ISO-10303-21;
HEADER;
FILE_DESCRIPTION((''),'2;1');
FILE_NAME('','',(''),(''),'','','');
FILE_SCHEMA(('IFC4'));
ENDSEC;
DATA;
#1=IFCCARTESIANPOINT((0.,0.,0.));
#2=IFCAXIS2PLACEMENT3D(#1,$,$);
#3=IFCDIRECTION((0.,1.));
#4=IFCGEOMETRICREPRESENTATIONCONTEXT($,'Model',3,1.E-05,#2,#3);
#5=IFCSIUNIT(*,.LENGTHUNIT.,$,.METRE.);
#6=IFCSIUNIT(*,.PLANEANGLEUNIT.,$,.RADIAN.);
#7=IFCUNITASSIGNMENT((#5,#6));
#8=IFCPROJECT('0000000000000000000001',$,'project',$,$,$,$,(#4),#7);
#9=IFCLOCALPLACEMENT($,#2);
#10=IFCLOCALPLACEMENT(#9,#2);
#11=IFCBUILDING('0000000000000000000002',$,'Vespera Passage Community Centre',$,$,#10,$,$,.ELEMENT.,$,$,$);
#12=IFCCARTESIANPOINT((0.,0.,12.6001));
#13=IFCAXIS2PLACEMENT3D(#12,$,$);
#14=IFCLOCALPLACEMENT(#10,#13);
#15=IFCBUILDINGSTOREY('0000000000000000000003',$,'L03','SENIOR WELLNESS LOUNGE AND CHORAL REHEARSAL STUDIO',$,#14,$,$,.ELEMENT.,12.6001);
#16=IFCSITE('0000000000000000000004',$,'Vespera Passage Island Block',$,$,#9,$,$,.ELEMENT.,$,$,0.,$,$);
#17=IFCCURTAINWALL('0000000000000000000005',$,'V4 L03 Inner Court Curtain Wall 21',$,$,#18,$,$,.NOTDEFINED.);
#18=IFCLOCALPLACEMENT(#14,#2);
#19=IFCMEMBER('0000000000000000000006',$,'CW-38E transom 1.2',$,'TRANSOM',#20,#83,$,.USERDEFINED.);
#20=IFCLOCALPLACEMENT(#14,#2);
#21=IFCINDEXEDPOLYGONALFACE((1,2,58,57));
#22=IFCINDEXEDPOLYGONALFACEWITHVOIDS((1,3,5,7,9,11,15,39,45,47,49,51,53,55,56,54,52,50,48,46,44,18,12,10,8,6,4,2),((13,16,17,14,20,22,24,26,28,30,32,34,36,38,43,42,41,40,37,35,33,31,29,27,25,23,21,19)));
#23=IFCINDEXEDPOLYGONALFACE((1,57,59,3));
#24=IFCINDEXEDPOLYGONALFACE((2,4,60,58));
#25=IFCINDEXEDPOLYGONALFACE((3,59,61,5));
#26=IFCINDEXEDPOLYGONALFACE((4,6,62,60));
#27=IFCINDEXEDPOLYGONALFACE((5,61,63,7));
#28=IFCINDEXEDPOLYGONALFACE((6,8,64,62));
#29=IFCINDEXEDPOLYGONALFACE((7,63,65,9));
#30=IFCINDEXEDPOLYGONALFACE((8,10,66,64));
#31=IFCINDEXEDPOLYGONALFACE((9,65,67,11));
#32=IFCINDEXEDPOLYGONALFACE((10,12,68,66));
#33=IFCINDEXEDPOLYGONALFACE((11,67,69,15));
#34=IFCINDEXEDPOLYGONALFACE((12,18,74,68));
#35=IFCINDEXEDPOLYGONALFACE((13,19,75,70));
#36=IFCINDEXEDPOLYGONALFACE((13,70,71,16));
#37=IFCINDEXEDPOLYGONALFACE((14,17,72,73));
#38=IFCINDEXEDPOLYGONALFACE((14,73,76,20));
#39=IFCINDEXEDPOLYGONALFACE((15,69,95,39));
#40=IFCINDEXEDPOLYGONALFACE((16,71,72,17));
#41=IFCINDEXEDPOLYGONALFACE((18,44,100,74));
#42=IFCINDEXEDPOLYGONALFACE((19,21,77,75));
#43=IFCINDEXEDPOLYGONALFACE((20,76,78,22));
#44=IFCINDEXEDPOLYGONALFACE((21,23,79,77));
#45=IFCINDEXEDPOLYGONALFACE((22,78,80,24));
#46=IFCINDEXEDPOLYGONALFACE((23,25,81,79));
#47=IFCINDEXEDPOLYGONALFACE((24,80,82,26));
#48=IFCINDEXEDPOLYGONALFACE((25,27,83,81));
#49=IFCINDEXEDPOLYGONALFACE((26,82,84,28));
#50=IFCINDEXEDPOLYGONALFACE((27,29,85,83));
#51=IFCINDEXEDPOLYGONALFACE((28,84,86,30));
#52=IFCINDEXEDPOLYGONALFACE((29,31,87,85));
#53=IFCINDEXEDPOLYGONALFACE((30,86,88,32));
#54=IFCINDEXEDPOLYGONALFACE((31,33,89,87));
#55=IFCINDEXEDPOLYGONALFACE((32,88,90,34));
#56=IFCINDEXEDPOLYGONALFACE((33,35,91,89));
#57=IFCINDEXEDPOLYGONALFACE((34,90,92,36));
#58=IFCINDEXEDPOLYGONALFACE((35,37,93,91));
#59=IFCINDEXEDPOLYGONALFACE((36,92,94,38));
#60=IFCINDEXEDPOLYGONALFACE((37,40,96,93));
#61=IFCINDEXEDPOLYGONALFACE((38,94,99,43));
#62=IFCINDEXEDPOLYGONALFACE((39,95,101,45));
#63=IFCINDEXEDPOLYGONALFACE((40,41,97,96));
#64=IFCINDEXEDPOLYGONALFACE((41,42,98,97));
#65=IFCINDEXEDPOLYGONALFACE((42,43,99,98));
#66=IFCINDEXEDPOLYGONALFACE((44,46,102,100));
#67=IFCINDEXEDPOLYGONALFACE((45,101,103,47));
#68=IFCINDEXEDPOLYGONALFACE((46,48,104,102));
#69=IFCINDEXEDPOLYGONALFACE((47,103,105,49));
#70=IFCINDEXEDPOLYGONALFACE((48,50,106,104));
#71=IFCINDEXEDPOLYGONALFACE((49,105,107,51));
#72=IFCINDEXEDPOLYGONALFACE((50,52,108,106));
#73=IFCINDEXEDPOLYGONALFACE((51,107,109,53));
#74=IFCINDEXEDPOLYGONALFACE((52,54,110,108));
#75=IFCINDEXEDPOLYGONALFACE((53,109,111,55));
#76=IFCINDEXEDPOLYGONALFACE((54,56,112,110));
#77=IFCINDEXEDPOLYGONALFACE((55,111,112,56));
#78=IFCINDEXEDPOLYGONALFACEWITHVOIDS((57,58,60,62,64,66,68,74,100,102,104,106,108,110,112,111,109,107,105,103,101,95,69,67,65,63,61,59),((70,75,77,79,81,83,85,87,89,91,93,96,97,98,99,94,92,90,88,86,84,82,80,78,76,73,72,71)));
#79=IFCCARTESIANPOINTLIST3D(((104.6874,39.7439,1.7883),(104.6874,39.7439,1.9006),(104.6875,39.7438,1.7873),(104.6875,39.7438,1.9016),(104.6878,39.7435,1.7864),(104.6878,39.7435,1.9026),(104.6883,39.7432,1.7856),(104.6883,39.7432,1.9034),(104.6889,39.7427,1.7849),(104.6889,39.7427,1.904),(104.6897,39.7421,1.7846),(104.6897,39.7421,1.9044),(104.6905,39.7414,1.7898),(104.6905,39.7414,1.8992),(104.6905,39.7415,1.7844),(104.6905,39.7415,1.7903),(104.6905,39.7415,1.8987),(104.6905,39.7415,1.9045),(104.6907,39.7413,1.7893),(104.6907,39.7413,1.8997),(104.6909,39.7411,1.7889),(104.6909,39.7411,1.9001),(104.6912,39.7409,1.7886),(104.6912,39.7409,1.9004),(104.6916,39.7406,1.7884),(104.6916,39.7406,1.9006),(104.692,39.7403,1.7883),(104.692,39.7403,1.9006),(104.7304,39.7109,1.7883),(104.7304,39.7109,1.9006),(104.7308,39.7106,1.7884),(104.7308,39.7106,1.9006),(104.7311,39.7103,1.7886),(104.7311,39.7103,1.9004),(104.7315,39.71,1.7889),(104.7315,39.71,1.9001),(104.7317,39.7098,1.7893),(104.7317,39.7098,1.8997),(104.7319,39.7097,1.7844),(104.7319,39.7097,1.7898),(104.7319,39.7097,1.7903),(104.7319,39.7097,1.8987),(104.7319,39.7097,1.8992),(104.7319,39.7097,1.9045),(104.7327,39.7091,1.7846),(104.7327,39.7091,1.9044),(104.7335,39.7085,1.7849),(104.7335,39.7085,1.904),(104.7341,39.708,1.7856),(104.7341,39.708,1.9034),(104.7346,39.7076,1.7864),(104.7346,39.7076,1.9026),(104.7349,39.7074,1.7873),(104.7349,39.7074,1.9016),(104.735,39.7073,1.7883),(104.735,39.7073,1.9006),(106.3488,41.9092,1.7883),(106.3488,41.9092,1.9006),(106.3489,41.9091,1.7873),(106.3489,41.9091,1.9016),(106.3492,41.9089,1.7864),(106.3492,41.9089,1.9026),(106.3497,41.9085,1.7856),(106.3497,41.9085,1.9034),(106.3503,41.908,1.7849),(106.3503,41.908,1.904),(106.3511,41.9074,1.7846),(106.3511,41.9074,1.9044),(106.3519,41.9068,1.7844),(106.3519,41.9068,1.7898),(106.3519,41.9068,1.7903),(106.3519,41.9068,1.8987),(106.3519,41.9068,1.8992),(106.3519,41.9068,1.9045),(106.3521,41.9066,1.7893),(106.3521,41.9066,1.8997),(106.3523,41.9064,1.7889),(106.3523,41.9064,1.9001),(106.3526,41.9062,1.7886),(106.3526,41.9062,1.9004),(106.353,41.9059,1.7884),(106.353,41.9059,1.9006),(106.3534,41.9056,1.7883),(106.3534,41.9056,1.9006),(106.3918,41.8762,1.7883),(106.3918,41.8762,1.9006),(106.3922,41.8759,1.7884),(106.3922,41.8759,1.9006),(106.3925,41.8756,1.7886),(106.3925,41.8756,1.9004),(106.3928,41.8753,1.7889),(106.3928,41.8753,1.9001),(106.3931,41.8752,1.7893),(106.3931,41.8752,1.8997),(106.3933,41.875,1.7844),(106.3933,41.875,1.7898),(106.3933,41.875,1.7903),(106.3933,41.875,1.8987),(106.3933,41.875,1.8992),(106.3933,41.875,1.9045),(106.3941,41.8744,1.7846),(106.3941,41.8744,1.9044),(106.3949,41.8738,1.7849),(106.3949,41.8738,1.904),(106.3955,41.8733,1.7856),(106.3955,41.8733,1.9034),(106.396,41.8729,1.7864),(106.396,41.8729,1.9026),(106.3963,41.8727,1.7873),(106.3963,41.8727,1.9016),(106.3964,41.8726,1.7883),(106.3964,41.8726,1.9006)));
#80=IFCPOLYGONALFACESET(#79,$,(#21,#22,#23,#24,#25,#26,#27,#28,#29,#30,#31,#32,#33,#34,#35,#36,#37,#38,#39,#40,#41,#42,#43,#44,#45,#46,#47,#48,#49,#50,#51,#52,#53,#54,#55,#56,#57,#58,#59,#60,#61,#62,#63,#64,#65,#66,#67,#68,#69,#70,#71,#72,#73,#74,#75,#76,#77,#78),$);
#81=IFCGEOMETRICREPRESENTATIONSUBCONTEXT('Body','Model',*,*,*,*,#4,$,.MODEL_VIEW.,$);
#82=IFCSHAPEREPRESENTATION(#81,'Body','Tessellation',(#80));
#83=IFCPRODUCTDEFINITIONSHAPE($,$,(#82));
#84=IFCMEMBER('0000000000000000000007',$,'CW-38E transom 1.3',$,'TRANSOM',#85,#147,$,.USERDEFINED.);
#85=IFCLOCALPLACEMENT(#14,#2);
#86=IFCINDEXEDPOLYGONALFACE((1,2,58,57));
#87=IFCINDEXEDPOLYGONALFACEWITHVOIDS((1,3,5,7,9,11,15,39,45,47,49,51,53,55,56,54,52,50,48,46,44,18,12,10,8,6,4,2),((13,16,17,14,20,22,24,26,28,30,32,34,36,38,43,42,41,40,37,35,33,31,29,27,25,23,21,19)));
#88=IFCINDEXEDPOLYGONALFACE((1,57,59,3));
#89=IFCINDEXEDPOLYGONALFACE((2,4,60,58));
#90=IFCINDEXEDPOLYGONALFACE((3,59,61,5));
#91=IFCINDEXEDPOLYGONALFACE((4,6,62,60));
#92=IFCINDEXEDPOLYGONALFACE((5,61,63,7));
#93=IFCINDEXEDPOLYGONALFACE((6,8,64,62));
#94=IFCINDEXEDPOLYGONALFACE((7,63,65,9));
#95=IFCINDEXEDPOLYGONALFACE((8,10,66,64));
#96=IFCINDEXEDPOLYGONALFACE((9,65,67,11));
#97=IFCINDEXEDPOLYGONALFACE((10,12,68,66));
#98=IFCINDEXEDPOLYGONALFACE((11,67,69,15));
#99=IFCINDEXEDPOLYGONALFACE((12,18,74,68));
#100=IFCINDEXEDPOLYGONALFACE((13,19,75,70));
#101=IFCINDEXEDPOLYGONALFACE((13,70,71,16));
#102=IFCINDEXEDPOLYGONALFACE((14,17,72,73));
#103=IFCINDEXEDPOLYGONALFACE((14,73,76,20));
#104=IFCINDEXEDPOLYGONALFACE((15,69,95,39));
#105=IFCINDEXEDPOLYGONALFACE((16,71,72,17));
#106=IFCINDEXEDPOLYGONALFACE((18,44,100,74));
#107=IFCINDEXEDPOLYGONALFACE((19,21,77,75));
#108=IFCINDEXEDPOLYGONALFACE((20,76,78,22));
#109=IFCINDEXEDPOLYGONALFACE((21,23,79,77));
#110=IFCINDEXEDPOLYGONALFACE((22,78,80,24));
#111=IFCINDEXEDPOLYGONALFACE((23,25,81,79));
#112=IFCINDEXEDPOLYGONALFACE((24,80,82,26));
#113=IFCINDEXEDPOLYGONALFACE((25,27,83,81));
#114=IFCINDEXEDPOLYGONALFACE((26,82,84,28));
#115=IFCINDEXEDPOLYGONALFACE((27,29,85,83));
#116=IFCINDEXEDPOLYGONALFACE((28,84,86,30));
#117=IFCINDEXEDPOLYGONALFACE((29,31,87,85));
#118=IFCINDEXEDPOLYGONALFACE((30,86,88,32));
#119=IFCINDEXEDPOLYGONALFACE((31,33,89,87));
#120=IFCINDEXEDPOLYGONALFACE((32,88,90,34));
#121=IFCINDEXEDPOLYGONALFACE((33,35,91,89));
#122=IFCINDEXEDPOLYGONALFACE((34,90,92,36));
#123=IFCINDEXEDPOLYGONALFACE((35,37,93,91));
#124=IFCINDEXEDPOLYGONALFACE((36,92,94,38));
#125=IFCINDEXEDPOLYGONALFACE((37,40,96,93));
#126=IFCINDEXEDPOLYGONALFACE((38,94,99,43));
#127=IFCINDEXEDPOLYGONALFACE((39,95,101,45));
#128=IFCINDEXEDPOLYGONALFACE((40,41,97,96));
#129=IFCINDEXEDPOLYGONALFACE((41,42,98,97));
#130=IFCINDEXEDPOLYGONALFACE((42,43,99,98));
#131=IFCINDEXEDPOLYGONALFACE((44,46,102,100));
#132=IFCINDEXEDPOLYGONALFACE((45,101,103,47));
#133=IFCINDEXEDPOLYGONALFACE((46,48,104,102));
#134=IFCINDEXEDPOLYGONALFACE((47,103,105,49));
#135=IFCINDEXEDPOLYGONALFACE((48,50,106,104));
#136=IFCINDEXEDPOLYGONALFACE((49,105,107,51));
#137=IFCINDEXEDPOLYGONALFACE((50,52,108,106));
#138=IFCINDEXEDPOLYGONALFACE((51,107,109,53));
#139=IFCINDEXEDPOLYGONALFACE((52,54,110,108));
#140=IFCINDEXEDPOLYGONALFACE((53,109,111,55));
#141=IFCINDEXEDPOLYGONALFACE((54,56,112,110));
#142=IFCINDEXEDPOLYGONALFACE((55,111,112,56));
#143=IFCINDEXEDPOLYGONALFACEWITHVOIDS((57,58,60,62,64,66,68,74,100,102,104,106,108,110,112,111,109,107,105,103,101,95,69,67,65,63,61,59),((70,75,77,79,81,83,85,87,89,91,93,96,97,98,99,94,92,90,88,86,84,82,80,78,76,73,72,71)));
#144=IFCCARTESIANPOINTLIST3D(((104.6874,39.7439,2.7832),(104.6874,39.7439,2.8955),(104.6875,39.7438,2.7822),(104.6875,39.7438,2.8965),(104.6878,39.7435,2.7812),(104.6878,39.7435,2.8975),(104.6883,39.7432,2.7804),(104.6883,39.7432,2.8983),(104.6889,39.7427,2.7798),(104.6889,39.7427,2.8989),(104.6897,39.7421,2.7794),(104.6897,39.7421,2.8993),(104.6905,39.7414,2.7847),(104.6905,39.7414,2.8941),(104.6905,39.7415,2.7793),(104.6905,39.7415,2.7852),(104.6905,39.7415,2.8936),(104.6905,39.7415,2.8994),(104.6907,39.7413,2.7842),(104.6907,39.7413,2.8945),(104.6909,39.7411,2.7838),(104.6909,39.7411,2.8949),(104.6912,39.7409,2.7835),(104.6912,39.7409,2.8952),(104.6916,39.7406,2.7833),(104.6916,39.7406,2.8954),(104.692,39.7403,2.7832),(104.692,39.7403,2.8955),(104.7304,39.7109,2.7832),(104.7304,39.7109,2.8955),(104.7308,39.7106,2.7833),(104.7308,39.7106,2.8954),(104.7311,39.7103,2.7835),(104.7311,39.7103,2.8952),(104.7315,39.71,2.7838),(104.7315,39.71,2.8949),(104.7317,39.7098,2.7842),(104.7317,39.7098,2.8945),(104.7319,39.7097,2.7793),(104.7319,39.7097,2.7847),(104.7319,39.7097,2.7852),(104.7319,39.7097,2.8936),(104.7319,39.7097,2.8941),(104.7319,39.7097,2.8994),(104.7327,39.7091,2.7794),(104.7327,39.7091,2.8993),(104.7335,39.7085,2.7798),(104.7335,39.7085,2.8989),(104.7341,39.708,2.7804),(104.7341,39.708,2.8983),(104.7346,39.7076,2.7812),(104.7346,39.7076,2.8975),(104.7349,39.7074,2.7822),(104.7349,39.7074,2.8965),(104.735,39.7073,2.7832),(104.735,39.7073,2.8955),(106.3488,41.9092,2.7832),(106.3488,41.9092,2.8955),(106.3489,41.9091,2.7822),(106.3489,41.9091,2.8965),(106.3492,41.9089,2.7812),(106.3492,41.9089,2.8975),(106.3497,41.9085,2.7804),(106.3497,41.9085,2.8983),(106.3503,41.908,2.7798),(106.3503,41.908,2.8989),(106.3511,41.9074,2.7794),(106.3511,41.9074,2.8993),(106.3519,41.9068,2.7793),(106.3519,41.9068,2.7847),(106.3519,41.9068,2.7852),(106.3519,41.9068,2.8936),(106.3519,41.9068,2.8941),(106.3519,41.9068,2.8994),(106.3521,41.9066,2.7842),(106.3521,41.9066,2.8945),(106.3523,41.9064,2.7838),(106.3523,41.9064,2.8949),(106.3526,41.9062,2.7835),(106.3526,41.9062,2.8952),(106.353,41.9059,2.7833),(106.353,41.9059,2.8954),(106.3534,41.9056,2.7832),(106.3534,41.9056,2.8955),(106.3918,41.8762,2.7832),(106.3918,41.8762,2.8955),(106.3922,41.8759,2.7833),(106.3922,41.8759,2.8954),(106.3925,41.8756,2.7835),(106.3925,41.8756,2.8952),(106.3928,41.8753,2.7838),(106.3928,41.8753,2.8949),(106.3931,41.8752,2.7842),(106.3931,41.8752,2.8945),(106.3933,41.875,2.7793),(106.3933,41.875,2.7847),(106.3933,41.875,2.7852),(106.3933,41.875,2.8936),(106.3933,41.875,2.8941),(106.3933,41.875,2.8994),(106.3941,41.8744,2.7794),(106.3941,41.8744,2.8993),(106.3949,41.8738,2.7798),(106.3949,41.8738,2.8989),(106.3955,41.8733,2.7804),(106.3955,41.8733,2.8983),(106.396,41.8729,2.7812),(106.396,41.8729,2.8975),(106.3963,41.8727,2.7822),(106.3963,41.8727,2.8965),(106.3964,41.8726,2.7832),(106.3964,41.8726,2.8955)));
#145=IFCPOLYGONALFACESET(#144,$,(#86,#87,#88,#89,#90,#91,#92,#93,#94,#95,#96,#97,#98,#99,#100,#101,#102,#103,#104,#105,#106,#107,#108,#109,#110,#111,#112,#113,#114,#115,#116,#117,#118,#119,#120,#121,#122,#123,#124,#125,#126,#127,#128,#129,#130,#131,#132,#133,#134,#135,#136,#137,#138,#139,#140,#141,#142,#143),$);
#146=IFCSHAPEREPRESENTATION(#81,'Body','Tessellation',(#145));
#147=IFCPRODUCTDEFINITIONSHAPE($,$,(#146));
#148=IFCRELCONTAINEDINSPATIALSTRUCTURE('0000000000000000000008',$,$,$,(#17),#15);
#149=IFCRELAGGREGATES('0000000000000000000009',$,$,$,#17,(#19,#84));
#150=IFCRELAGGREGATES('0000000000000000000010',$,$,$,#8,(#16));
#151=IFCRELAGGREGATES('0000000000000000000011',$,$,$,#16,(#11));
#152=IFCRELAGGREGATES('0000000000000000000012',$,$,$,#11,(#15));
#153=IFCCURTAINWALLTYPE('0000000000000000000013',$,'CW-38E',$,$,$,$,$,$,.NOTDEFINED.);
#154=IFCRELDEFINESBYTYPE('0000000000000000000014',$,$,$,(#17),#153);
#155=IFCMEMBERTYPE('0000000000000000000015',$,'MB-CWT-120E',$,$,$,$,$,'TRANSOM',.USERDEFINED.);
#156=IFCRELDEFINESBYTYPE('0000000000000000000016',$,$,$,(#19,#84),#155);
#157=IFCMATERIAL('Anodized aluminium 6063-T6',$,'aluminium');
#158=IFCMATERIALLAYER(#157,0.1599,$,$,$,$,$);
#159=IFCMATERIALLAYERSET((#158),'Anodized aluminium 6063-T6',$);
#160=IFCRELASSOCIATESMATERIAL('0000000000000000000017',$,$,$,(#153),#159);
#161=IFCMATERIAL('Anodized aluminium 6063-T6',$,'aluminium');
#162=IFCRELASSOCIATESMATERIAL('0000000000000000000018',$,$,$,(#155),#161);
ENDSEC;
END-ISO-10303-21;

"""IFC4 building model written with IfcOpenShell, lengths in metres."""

from ifc_helpers import new_model, si_unit, direction, frame, origin, origin_2d, place, context, subcontext, project, spatial, hollow_rectangle, extrude, material, layer, layer_set, material_profile, profile_set, type_object, element, aggregate, save


model = new_model("IFC4")

# Units and contexts
model_context = context("Model", 3, precision=1e-05, world=origin(), true_north=direction((0.0, 1.0)))
body_context = subcontext(model_context, "Body", "Model", "MODEL_VIEW")
ifc_project = project(units=[si_unit("LENGTHUNIT", "METRE"), si_unit("PLANEANGLEUNIT", "RADIAN")], contexts=[model_context])

# Site, building, storey
site_placement = place(None, origin())
site = spatial("IfcSite", under=ifc_project, at=site_placement, Name="Vespera Passage Island Block", CompositionType="ELEMENT", RefElevation=0.0)
building_placement = place(site_placement, origin())
building = spatial("IfcBuilding", under=site, at=building_placement, Name="Vespera Passage Community Centre", CompositionType="ELEMENT")
storey_placement = place(building_placement, frame((0.0, 0.0, 12.6001)))
storey = spatial("IfcBuildingStorey", under=building, at=storey_placement, Name="L03", Description="SENIOR WELLNESS LOUNGE AND CHORAL REHEARSAL STUDIO", CompositionType="ELEMENT", Elevation=12.6001)

# Curtain wall, members
ifc_material_1 = material(Name="Anodized aluminium 6063-T6", Category="aluminium")
ifc_layer_1 = layer(ifc_material_1, 0.1599)
ifc_layer_set_1 = layer_set([ifc_layer_1], Name="Anodized aluminium 6063-T6")
curtain_wall_type = type_object("IfcCurtainWallType", Name="CW-38E", PredefinedType="NOTDEFINED", material=ifc_layer_set_1)
curtain_wall_placement = place(storey_placement, origin())
curtain_wall = element("IfcCurtainWall", 1, at=curtain_wall_placement, inside=storey, type_object=curtain_wall_type, Name="V4 L03 Inner Court Curtain Wall 21", PredefinedType="NOTDEFINED")
ifc_material_2 = material(Name="Anodized aluminium 6063-T6", Category="aluminium")
ifc_material_profile_1 = material_profile(ifc_material_2, hollow_rectangle(XDim=0.0601, YDim=0.1201, WallThickness=0.0039, InnerFilletRadius=0.002, OuterFilletRadius=0.0039, at=origin_2d()), Name="ALU120X60X4")
ifc_profile_set_1 = profile_set([ifc_material_profile_1], Name="Anodized aluminium 6063-T6")
member_type_1 = type_object("IfcMemberType", Name="MB-CWT-120E", ElementType="TRANSOM", PredefinedType="USERDEFINED", material=ifc_profile_set_1)
member_1_placement = place(storey_placement, frame((104.7112, 39.7256, 1.8445), z_axis=(0.608738, 0.793372, 0.0), x_axis=(-0.793372, 0.608738, 0.0)))
member_1 = element("IfcMember", 2, at=member_1_placement, type_object=member_type_1, Name="CW-38E transom 1.2", ObjectType="TRANSOM", PredefinedType="USERDEFINED", context=body_context, shape_type="SweptSolid", body=[
    extrude(hollow_rectangle(XDim=0.0601, YDim=0.1201, WallThickness=0.0039, InnerFilletRadius=0.002, OuterFilletRadius=0.0039, at=origin_2d()), origin(), (0.0, 0.0, 1.0), 2.7292),
])
member_2_placement = place(storey_placement, frame((104.7112, 39.7256, 2.8394), z_axis=(0.608738, 0.793372, 0.0), x_axis=(-0.793372, 0.608738, 0.0)))
member_2 = element("IfcMember", 3, at=member_2_placement, type_object=member_type_1, Name="CW-38E transom 1.3", ObjectType="TRANSOM", PredefinedType="USERDEFINED", context=body_context, shape_type="SweptSolid", body=[
    extrude(hollow_rectangle(XDim=0.0601, YDim=0.1201, WallThickness=0.0039, InnerFilletRadius=0.002, OuterFilletRadius=0.0039, at=origin_2d()), origin(), (0.0, 0.0, 1.0), 2.7292),
])
aggregate(curtain_wall, [member_1, member_2])

save(model, "model.ifc")
